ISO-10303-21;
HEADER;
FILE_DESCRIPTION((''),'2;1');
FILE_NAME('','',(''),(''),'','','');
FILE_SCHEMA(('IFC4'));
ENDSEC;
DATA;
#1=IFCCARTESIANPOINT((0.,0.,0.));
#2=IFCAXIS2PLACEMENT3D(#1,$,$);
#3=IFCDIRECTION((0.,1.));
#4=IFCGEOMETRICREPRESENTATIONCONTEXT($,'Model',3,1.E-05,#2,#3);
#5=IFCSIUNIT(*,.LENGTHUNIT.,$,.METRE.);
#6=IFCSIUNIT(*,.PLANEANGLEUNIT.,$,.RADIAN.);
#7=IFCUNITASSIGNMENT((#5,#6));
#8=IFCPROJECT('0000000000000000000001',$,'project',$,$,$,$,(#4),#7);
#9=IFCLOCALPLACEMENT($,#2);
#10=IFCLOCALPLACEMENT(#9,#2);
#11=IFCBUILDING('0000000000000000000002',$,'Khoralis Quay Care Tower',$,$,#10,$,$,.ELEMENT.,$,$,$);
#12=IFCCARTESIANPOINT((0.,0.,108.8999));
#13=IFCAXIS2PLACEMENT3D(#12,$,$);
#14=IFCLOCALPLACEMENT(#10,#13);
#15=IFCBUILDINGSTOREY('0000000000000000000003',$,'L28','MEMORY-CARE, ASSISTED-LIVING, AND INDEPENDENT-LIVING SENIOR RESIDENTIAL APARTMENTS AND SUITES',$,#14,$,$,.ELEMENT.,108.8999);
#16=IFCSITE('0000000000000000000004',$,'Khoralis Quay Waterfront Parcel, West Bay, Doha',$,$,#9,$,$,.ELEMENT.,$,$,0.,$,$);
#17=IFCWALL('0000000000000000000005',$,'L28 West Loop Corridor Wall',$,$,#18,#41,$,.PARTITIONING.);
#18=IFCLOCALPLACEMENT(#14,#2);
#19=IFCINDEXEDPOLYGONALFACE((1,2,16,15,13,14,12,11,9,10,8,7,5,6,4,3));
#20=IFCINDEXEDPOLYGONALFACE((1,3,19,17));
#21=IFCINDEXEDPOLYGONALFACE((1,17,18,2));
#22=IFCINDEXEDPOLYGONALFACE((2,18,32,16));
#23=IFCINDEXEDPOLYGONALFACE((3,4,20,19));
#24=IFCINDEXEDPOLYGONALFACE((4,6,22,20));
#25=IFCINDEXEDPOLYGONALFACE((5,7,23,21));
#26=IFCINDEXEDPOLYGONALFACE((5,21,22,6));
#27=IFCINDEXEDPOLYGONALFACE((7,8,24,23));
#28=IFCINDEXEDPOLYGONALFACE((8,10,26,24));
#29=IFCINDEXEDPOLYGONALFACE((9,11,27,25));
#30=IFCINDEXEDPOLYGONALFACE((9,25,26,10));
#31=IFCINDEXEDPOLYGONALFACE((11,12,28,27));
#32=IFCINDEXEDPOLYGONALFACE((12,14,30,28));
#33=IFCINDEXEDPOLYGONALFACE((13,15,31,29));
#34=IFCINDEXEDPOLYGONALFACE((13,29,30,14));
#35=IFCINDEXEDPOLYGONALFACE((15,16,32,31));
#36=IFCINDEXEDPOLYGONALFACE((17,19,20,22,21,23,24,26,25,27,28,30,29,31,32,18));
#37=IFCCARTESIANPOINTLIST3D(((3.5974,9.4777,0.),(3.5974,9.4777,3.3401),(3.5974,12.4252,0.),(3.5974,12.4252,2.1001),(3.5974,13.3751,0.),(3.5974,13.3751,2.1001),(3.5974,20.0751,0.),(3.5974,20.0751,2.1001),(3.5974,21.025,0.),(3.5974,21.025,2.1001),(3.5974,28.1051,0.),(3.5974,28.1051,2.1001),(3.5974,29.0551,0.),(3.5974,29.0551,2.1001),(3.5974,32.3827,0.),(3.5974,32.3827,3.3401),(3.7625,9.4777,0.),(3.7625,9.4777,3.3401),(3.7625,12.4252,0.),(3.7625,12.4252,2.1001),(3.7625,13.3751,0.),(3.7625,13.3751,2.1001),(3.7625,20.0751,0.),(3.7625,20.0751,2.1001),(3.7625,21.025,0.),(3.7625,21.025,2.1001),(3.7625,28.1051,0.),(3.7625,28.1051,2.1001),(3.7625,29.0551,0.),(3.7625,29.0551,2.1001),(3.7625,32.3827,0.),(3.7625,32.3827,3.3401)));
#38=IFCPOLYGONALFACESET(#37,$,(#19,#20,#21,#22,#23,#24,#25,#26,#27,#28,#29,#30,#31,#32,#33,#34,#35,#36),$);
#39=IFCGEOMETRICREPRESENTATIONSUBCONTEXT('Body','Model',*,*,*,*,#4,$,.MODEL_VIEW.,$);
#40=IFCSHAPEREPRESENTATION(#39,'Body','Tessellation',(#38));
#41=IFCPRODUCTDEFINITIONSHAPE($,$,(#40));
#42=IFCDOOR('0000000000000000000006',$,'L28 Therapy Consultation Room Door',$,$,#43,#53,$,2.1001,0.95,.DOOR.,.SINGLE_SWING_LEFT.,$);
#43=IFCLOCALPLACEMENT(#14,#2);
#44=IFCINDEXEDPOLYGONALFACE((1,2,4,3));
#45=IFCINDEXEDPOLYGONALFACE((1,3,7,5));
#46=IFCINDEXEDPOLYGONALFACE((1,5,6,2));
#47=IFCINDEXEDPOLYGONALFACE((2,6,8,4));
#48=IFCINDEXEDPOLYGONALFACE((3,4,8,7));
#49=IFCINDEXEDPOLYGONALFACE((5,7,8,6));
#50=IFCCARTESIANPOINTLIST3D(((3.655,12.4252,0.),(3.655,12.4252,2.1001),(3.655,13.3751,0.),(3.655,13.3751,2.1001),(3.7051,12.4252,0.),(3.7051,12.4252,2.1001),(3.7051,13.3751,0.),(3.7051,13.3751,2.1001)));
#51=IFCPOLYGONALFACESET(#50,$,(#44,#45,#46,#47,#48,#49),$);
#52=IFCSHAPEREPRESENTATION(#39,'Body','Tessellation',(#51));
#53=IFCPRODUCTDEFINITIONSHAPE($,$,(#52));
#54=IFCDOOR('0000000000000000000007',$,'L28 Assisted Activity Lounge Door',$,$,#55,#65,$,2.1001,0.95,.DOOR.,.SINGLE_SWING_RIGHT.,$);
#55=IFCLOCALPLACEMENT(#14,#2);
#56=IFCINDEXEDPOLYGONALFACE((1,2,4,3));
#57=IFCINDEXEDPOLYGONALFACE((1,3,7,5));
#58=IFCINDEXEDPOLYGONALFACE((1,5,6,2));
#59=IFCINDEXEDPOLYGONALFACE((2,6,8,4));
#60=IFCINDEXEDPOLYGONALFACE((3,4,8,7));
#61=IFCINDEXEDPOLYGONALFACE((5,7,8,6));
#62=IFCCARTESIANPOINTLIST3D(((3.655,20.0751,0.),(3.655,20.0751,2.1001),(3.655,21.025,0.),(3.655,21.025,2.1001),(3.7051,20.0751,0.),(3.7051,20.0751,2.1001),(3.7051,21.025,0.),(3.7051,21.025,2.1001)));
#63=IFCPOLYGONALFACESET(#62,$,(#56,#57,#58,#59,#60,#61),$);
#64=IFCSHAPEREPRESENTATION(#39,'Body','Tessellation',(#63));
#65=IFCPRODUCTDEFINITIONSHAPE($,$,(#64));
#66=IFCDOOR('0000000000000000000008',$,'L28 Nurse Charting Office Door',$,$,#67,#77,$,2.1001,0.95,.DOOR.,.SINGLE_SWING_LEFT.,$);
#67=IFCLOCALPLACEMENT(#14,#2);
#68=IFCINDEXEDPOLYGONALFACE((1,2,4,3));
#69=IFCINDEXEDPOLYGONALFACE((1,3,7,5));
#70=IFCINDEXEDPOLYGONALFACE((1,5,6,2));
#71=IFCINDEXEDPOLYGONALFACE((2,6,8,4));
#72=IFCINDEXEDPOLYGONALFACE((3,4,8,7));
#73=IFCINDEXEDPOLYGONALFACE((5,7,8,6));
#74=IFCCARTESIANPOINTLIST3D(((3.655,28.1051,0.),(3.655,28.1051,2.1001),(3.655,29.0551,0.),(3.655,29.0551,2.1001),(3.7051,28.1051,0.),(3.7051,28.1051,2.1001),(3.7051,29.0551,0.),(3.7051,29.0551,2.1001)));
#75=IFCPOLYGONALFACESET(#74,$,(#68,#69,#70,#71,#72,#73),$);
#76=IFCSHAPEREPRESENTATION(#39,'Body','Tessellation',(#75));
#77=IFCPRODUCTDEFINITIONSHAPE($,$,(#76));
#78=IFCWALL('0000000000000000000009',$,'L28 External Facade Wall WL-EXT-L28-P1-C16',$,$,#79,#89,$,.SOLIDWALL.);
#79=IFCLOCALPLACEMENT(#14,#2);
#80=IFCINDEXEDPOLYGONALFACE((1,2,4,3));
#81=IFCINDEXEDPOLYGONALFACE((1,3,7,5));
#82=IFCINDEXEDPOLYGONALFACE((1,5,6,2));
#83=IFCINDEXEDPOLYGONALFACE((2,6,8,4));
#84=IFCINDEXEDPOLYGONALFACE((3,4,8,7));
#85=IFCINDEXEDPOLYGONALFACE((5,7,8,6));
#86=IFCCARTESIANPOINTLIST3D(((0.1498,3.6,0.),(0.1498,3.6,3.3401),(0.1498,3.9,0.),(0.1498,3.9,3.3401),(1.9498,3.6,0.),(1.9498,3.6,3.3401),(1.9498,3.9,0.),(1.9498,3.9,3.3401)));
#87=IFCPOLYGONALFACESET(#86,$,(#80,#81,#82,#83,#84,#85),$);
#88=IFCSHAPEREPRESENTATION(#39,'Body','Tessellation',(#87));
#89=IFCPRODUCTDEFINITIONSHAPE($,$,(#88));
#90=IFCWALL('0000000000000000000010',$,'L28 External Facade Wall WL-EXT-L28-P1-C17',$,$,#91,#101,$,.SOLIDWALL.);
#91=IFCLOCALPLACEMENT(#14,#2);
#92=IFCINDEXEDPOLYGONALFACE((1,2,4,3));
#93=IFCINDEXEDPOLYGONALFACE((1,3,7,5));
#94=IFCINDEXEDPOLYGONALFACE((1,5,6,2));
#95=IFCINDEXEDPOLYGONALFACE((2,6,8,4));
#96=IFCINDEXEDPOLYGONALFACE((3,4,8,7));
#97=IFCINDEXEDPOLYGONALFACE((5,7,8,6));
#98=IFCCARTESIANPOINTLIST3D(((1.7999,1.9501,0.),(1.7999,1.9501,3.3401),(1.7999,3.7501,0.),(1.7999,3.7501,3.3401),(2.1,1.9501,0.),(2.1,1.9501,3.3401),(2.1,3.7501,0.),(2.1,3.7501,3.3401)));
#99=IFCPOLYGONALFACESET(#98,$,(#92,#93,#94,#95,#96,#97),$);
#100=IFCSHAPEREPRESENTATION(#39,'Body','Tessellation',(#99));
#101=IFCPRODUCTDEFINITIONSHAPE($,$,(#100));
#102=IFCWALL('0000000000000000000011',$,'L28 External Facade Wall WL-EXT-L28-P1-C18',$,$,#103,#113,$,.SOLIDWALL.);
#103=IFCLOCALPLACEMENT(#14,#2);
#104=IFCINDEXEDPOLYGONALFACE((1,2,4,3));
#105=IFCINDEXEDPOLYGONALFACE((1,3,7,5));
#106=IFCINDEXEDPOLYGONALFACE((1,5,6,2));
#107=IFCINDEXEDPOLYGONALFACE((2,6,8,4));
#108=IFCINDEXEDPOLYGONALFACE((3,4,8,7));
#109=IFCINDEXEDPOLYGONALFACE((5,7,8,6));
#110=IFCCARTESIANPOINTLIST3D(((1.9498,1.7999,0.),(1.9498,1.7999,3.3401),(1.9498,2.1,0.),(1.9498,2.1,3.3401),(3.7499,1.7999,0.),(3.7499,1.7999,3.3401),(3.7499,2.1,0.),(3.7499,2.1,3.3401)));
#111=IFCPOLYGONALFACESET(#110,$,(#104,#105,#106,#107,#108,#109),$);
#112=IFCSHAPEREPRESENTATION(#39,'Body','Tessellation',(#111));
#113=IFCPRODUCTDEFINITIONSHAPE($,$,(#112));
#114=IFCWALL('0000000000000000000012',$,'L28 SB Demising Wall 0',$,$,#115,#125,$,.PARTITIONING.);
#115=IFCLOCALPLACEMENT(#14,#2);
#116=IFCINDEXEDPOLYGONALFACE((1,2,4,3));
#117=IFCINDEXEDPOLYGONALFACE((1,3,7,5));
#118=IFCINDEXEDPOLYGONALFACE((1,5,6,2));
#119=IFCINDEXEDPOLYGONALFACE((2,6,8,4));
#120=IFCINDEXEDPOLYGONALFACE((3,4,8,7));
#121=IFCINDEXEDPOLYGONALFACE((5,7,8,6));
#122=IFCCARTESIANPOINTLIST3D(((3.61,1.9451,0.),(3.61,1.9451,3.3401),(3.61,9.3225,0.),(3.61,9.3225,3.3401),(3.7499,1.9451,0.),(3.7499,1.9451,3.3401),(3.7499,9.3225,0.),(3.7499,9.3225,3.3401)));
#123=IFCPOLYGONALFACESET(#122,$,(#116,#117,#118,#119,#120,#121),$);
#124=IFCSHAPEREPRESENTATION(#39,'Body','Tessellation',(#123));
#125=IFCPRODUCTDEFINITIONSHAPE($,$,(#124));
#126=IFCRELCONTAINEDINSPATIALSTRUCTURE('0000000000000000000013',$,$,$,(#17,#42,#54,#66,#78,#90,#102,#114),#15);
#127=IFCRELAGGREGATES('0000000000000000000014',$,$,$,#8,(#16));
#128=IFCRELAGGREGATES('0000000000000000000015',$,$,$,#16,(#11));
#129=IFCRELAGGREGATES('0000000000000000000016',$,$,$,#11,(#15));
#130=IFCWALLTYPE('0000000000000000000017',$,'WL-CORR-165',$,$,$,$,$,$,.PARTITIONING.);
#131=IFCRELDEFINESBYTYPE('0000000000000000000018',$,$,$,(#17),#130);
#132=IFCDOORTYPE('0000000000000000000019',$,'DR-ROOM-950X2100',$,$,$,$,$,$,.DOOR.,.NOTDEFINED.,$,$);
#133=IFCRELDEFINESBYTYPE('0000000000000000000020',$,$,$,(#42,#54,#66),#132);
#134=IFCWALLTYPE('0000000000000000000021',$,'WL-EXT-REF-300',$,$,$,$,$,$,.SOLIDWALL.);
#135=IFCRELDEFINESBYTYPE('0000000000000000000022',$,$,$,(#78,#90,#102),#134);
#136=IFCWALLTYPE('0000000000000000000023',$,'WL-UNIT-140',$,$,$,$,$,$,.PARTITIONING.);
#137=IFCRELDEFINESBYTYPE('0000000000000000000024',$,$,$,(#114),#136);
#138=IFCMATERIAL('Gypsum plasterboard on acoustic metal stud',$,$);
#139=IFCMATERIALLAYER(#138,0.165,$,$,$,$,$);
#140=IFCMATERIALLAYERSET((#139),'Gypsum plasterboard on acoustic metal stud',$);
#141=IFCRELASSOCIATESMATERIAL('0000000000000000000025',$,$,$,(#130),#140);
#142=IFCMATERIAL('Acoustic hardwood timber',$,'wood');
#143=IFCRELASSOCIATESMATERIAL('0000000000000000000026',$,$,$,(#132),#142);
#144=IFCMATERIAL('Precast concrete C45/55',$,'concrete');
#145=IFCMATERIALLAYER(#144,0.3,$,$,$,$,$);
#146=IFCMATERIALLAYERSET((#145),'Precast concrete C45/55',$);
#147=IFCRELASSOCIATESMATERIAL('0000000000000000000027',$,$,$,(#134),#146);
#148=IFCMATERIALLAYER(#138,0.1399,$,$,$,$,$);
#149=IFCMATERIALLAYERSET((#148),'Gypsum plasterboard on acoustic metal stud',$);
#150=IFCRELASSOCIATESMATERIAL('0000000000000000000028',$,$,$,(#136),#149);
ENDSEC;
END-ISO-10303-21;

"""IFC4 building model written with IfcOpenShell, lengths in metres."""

from ifc_helpers import new_model, si_unit, direction, frame, frame_2d, origin, place, context, subcontext, project, spatial, rectangle, extrude, source, transform, mapped, material, layer, layer_set, type_object, element, fill, save


model = new_model("IFC4")

# Units and contexts
model_context = context("Model", 3, precision=1e-05, world=origin(), true_north=direction((0.0, 1.0)))
body_context = subcontext(model_context, "Body", "Model", "MODEL_VIEW")
ifc_project = project(units=[si_unit("LENGTHUNIT", "METRE"), si_unit("PLANEANGLEUNIT", "RADIAN")], contexts=[model_context])

# Site, building, storey
site_placement = place(None, origin())
site = spatial("IfcSite", under=ifc_project, at=site_placement, Name="Khoralis Quay Waterfront Parcel, West Bay, Doha", CompositionType="ELEMENT", RefElevation=0.0)
building_placement = place(site_placement, origin())
building = spatial("IfcBuilding", under=site, at=building_placement, Name="Khoralis Quay Care Tower", CompositionType="ELEMENT")
storey_placement = place(building_placement, frame((0.0, 0.0, 108.8999)))
storey = spatial("IfcBuildingStorey", under=building, at=storey_placement, Name="L28", Description="MEMORY-CARE, ASSISTED-LIVING, AND INDEPENDENT-LIVING SENIOR RESIDENTIAL APARTMENTS AND SUITES", CompositionType="ELEMENT", Elevation=108.8999)

# Shared definitions
ifc_material_1 = material(Name="Precast concrete C45/55", Category="concrete")

# Wall, openings, doors
ifc_material_2 = material(Name="Gypsum plasterboard on acoustic metal stud")
ifc_layer_1 = layer(ifc_material_2, 0.165)
ifc_layer_set_1 = layer_set([ifc_layer_1], Name="Gypsum plasterboard on acoustic metal stud")
wall_type_1 = type_object("IfcWallType", Name="WL-CORR-165", PredefinedType="PARTITIONING", material=ifc_layer_set_1)
ifc_material_3 = material(Name="Acoustic hardwood timber", Category="wood")
door_type_1 = type_object("IfcDoorType", Name="DR-ROOM-950X2100", OperationType="NOTDEFINED", PredefinedType="DOOR", material=ifc_material_3)
shared_shape_1 = source(origin(), body_context, "Body", "SweptSolid", [
    extrude(rectangle(XDim=0.95, YDim=2.1001, at=frame_2d((0.4751, 1.05))), frame((0.0, 0.0249, 0.0), z_axis=(0.0, -1.0, 0.0), x_axis=(1.0, 0.0, 0.0)), (0.0, 0.0, 1.0), 0.05),
])
wall_1_placement = place(storey_placement, frame((3.6799, 9.4775, 0.0), z_axis=(0.0, 0.0, 1.0), x_axis=(0.0, 1.0, 0.0)))
wall_1 = element("IfcWall", 1, at=wall_1_placement, inside=storey, type_object=wall_type_1, Name="L28 West Loop Corridor Wall", PredefinedType="PARTITIONING", context=body_context, shape_type="SweptSolid", body=[
    extrude(rectangle(XDim=22.905, YDim=0.165, at=frame_2d((11.4526, 0.0))), origin(), (0.0, 0.0, 1.0), 3.3401),
])
opening_1_placement = place(wall_1_placement, frame((2.9475, 0.0, 0.0)))
opening_1 = element("IfcOpeningElement", 2, at=opening_1_placement, cuts=wall_1, PredefinedType="OPENING", context=body_context, shape_type="SweptSolid", body=[
    extrude(rectangle(XDim=0.95, YDim=2.1001, at=frame_2d((0.4751, 1.05))), frame((0.0, 0.0925, 0.0), z_axis=(0.0, -1.0, 0.0), x_axis=(1.0, 0.0, 0.0)), (0.0, 0.0, 1.0), 0.1851),
])
opening_2_placement = place(wall_1_placement, frame((10.5974, 0.0, 0.0)))
opening_2 = element("IfcOpeningElement", 3, at=opening_2_placement, cuts=wall_1, PredefinedType="OPENING", context=body_context, shape_type="SweptSolid", body=[
    extrude(rectangle(XDim=0.95, YDim=2.1001, at=frame_2d((0.4751, 1.05))), frame((0.0, 0.0925, 0.0), z_axis=(0.0, -1.0, 0.0), x_axis=(1.0, 0.0, 0.0)), (0.0, 0.0, 1.0), 0.1851),
])
opening_3_placement = place(wall_1_placement, frame((18.6274, 0.0, 0.0)))
opening_3 = element("IfcOpeningElement", 4, at=opening_3_placement, cuts=wall_1, PredefinedType="OPENING", context=body_context, shape_type="SweptSolid", body=[
    extrude(rectangle(XDim=0.95, YDim=2.1001, at=frame_2d((0.4751, 1.05))), frame((0.0, 0.0925, 0.0), z_axis=(0.0, -1.0, 0.0), x_axis=(1.0, 0.0, 0.0)), (0.0, 0.0, 1.0), 0.1851),
])
door_1_placement = place(opening_1_placement, origin())
door_1 = element("IfcDoor", 5, at=door_1_placement, inside=storey, type_object=door_type_1, Name="L28 Therapy Consultation Room Door", OperationType="SINGLE_SWING_LEFT", OverallHeight=2.1001, OverallWidth=0.95, PredefinedType="DOOR", context=body_context, shape_type="MappedRepresentation", body=[
    mapped(shared_shape_1, transform((0.0, 0.0, 0.0), scale=1.0)),
])
fill(opening_1, door_1)
door_2_placement = place(opening_2_placement, origin())
door_2 = element("IfcDoor", 6, at=door_2_placement, inside=storey, type_object=door_type_1, Name="L28 Assisted Activity Lounge Door", OperationType="SINGLE_SWING_RIGHT", OverallHeight=2.1001, OverallWidth=0.95, PredefinedType="DOOR", context=body_context, shape_type="MappedRepresentation", body=[
    mapped(shared_shape_1, transform((0.0, 0.0, 0.0), scale=1.0)),
])
fill(opening_2, door_2)
door_3_placement = place(opening_3_placement, origin())
door_3 = element("IfcDoor", 7, at=door_3_placement, inside=storey, type_object=door_type_1, Name="L28 Nurse Charting Office Door", OperationType="SINGLE_SWING_LEFT", OverallHeight=2.1001, OverallWidth=0.95, PredefinedType="DOOR", context=body_context, shape_type="MappedRepresentation", body=[
    mapped(shared_shape_1, transform((0.0, 0.0, 0.0), scale=1.0)),
])
fill(opening_3, door_3)

# Walls
ifc_layer_2 = layer(ifc_material_1, 0.3)
ifc_layer_set_2 = layer_set([ifc_layer_2], Name="Precast concrete C45/55")
wall_type_2 = type_object("IfcWallType", Name="WL-EXT-REF-300", PredefinedType="SOLIDWALL", material=ifc_layer_set_2)
for number, where, z_axis, x_axis, name in (
    (8, (0.1499, 3.75, 0.0), (0.0, 0.0, 1.0), (1.0, 0.0, 0.0), "L28 External Facade Wall WL-EXT-L28-P1-C16"),
    (9, (1.95, 3.75, 0.0), (0.0, 0.0, 1.0), (0.0, -1.0, 0.0), "L28 External Facade Wall WL-EXT-L28-P1-C17"),
    (10, (1.95, 1.95, 0.0), (0.0, 0.0, 1.0), (1.0, 0.0, 0.0), "L28 External Facade Wall WL-EXT-L28-P1-C18"),
):
    element("IfcWall", number, at=place(storey_placement, frame(where, z_axis=z_axis, x_axis=x_axis)), inside=storey, type_object=wall_type_2, Name=name, PredefinedType="SOLIDWALL", context=body_context, shape_type="SweptSolid", body=[
        extrude(rectangle(XDim=1.8, YDim=0.3, at=frame_2d((0.8999, 0.0))), origin(), (0.0, 0.0, 1.0), 3.3401),
    ])
ifc_layer_3 = layer(ifc_material_2, 0.1399)
ifc_layer_set_3 = layer_set([ifc_layer_3], Name="Gypsum plasterboard on acoustic metal stud")
wall_type_3 = type_object("IfcWallType", Name="WL-UNIT-140", PredefinedType="PARTITIONING", material=ifc_layer_set_3)
wall_2_placement = place(storey_placement, frame((3.6799, 1.9451, 0.0), z_axis=(0.0, 0.0, 1.0), x_axis=(0.0, 1.0, 0.0)))
element("IfcWall", 11, at=wall_2_placement, inside=storey, type_object=wall_type_3, Name="L28 SB Demising Wall 0", PredefinedType="PARTITIONING", context=body_context, shape_type="SweptSolid", body=[
    extrude(rectangle(XDim=7.3774, YDim=0.1399, at=frame_2d((3.6887, 0.0))), origin(), (0.0, 0.0, 1.0), 3.3401),
])

save(model, "model.ifc")
